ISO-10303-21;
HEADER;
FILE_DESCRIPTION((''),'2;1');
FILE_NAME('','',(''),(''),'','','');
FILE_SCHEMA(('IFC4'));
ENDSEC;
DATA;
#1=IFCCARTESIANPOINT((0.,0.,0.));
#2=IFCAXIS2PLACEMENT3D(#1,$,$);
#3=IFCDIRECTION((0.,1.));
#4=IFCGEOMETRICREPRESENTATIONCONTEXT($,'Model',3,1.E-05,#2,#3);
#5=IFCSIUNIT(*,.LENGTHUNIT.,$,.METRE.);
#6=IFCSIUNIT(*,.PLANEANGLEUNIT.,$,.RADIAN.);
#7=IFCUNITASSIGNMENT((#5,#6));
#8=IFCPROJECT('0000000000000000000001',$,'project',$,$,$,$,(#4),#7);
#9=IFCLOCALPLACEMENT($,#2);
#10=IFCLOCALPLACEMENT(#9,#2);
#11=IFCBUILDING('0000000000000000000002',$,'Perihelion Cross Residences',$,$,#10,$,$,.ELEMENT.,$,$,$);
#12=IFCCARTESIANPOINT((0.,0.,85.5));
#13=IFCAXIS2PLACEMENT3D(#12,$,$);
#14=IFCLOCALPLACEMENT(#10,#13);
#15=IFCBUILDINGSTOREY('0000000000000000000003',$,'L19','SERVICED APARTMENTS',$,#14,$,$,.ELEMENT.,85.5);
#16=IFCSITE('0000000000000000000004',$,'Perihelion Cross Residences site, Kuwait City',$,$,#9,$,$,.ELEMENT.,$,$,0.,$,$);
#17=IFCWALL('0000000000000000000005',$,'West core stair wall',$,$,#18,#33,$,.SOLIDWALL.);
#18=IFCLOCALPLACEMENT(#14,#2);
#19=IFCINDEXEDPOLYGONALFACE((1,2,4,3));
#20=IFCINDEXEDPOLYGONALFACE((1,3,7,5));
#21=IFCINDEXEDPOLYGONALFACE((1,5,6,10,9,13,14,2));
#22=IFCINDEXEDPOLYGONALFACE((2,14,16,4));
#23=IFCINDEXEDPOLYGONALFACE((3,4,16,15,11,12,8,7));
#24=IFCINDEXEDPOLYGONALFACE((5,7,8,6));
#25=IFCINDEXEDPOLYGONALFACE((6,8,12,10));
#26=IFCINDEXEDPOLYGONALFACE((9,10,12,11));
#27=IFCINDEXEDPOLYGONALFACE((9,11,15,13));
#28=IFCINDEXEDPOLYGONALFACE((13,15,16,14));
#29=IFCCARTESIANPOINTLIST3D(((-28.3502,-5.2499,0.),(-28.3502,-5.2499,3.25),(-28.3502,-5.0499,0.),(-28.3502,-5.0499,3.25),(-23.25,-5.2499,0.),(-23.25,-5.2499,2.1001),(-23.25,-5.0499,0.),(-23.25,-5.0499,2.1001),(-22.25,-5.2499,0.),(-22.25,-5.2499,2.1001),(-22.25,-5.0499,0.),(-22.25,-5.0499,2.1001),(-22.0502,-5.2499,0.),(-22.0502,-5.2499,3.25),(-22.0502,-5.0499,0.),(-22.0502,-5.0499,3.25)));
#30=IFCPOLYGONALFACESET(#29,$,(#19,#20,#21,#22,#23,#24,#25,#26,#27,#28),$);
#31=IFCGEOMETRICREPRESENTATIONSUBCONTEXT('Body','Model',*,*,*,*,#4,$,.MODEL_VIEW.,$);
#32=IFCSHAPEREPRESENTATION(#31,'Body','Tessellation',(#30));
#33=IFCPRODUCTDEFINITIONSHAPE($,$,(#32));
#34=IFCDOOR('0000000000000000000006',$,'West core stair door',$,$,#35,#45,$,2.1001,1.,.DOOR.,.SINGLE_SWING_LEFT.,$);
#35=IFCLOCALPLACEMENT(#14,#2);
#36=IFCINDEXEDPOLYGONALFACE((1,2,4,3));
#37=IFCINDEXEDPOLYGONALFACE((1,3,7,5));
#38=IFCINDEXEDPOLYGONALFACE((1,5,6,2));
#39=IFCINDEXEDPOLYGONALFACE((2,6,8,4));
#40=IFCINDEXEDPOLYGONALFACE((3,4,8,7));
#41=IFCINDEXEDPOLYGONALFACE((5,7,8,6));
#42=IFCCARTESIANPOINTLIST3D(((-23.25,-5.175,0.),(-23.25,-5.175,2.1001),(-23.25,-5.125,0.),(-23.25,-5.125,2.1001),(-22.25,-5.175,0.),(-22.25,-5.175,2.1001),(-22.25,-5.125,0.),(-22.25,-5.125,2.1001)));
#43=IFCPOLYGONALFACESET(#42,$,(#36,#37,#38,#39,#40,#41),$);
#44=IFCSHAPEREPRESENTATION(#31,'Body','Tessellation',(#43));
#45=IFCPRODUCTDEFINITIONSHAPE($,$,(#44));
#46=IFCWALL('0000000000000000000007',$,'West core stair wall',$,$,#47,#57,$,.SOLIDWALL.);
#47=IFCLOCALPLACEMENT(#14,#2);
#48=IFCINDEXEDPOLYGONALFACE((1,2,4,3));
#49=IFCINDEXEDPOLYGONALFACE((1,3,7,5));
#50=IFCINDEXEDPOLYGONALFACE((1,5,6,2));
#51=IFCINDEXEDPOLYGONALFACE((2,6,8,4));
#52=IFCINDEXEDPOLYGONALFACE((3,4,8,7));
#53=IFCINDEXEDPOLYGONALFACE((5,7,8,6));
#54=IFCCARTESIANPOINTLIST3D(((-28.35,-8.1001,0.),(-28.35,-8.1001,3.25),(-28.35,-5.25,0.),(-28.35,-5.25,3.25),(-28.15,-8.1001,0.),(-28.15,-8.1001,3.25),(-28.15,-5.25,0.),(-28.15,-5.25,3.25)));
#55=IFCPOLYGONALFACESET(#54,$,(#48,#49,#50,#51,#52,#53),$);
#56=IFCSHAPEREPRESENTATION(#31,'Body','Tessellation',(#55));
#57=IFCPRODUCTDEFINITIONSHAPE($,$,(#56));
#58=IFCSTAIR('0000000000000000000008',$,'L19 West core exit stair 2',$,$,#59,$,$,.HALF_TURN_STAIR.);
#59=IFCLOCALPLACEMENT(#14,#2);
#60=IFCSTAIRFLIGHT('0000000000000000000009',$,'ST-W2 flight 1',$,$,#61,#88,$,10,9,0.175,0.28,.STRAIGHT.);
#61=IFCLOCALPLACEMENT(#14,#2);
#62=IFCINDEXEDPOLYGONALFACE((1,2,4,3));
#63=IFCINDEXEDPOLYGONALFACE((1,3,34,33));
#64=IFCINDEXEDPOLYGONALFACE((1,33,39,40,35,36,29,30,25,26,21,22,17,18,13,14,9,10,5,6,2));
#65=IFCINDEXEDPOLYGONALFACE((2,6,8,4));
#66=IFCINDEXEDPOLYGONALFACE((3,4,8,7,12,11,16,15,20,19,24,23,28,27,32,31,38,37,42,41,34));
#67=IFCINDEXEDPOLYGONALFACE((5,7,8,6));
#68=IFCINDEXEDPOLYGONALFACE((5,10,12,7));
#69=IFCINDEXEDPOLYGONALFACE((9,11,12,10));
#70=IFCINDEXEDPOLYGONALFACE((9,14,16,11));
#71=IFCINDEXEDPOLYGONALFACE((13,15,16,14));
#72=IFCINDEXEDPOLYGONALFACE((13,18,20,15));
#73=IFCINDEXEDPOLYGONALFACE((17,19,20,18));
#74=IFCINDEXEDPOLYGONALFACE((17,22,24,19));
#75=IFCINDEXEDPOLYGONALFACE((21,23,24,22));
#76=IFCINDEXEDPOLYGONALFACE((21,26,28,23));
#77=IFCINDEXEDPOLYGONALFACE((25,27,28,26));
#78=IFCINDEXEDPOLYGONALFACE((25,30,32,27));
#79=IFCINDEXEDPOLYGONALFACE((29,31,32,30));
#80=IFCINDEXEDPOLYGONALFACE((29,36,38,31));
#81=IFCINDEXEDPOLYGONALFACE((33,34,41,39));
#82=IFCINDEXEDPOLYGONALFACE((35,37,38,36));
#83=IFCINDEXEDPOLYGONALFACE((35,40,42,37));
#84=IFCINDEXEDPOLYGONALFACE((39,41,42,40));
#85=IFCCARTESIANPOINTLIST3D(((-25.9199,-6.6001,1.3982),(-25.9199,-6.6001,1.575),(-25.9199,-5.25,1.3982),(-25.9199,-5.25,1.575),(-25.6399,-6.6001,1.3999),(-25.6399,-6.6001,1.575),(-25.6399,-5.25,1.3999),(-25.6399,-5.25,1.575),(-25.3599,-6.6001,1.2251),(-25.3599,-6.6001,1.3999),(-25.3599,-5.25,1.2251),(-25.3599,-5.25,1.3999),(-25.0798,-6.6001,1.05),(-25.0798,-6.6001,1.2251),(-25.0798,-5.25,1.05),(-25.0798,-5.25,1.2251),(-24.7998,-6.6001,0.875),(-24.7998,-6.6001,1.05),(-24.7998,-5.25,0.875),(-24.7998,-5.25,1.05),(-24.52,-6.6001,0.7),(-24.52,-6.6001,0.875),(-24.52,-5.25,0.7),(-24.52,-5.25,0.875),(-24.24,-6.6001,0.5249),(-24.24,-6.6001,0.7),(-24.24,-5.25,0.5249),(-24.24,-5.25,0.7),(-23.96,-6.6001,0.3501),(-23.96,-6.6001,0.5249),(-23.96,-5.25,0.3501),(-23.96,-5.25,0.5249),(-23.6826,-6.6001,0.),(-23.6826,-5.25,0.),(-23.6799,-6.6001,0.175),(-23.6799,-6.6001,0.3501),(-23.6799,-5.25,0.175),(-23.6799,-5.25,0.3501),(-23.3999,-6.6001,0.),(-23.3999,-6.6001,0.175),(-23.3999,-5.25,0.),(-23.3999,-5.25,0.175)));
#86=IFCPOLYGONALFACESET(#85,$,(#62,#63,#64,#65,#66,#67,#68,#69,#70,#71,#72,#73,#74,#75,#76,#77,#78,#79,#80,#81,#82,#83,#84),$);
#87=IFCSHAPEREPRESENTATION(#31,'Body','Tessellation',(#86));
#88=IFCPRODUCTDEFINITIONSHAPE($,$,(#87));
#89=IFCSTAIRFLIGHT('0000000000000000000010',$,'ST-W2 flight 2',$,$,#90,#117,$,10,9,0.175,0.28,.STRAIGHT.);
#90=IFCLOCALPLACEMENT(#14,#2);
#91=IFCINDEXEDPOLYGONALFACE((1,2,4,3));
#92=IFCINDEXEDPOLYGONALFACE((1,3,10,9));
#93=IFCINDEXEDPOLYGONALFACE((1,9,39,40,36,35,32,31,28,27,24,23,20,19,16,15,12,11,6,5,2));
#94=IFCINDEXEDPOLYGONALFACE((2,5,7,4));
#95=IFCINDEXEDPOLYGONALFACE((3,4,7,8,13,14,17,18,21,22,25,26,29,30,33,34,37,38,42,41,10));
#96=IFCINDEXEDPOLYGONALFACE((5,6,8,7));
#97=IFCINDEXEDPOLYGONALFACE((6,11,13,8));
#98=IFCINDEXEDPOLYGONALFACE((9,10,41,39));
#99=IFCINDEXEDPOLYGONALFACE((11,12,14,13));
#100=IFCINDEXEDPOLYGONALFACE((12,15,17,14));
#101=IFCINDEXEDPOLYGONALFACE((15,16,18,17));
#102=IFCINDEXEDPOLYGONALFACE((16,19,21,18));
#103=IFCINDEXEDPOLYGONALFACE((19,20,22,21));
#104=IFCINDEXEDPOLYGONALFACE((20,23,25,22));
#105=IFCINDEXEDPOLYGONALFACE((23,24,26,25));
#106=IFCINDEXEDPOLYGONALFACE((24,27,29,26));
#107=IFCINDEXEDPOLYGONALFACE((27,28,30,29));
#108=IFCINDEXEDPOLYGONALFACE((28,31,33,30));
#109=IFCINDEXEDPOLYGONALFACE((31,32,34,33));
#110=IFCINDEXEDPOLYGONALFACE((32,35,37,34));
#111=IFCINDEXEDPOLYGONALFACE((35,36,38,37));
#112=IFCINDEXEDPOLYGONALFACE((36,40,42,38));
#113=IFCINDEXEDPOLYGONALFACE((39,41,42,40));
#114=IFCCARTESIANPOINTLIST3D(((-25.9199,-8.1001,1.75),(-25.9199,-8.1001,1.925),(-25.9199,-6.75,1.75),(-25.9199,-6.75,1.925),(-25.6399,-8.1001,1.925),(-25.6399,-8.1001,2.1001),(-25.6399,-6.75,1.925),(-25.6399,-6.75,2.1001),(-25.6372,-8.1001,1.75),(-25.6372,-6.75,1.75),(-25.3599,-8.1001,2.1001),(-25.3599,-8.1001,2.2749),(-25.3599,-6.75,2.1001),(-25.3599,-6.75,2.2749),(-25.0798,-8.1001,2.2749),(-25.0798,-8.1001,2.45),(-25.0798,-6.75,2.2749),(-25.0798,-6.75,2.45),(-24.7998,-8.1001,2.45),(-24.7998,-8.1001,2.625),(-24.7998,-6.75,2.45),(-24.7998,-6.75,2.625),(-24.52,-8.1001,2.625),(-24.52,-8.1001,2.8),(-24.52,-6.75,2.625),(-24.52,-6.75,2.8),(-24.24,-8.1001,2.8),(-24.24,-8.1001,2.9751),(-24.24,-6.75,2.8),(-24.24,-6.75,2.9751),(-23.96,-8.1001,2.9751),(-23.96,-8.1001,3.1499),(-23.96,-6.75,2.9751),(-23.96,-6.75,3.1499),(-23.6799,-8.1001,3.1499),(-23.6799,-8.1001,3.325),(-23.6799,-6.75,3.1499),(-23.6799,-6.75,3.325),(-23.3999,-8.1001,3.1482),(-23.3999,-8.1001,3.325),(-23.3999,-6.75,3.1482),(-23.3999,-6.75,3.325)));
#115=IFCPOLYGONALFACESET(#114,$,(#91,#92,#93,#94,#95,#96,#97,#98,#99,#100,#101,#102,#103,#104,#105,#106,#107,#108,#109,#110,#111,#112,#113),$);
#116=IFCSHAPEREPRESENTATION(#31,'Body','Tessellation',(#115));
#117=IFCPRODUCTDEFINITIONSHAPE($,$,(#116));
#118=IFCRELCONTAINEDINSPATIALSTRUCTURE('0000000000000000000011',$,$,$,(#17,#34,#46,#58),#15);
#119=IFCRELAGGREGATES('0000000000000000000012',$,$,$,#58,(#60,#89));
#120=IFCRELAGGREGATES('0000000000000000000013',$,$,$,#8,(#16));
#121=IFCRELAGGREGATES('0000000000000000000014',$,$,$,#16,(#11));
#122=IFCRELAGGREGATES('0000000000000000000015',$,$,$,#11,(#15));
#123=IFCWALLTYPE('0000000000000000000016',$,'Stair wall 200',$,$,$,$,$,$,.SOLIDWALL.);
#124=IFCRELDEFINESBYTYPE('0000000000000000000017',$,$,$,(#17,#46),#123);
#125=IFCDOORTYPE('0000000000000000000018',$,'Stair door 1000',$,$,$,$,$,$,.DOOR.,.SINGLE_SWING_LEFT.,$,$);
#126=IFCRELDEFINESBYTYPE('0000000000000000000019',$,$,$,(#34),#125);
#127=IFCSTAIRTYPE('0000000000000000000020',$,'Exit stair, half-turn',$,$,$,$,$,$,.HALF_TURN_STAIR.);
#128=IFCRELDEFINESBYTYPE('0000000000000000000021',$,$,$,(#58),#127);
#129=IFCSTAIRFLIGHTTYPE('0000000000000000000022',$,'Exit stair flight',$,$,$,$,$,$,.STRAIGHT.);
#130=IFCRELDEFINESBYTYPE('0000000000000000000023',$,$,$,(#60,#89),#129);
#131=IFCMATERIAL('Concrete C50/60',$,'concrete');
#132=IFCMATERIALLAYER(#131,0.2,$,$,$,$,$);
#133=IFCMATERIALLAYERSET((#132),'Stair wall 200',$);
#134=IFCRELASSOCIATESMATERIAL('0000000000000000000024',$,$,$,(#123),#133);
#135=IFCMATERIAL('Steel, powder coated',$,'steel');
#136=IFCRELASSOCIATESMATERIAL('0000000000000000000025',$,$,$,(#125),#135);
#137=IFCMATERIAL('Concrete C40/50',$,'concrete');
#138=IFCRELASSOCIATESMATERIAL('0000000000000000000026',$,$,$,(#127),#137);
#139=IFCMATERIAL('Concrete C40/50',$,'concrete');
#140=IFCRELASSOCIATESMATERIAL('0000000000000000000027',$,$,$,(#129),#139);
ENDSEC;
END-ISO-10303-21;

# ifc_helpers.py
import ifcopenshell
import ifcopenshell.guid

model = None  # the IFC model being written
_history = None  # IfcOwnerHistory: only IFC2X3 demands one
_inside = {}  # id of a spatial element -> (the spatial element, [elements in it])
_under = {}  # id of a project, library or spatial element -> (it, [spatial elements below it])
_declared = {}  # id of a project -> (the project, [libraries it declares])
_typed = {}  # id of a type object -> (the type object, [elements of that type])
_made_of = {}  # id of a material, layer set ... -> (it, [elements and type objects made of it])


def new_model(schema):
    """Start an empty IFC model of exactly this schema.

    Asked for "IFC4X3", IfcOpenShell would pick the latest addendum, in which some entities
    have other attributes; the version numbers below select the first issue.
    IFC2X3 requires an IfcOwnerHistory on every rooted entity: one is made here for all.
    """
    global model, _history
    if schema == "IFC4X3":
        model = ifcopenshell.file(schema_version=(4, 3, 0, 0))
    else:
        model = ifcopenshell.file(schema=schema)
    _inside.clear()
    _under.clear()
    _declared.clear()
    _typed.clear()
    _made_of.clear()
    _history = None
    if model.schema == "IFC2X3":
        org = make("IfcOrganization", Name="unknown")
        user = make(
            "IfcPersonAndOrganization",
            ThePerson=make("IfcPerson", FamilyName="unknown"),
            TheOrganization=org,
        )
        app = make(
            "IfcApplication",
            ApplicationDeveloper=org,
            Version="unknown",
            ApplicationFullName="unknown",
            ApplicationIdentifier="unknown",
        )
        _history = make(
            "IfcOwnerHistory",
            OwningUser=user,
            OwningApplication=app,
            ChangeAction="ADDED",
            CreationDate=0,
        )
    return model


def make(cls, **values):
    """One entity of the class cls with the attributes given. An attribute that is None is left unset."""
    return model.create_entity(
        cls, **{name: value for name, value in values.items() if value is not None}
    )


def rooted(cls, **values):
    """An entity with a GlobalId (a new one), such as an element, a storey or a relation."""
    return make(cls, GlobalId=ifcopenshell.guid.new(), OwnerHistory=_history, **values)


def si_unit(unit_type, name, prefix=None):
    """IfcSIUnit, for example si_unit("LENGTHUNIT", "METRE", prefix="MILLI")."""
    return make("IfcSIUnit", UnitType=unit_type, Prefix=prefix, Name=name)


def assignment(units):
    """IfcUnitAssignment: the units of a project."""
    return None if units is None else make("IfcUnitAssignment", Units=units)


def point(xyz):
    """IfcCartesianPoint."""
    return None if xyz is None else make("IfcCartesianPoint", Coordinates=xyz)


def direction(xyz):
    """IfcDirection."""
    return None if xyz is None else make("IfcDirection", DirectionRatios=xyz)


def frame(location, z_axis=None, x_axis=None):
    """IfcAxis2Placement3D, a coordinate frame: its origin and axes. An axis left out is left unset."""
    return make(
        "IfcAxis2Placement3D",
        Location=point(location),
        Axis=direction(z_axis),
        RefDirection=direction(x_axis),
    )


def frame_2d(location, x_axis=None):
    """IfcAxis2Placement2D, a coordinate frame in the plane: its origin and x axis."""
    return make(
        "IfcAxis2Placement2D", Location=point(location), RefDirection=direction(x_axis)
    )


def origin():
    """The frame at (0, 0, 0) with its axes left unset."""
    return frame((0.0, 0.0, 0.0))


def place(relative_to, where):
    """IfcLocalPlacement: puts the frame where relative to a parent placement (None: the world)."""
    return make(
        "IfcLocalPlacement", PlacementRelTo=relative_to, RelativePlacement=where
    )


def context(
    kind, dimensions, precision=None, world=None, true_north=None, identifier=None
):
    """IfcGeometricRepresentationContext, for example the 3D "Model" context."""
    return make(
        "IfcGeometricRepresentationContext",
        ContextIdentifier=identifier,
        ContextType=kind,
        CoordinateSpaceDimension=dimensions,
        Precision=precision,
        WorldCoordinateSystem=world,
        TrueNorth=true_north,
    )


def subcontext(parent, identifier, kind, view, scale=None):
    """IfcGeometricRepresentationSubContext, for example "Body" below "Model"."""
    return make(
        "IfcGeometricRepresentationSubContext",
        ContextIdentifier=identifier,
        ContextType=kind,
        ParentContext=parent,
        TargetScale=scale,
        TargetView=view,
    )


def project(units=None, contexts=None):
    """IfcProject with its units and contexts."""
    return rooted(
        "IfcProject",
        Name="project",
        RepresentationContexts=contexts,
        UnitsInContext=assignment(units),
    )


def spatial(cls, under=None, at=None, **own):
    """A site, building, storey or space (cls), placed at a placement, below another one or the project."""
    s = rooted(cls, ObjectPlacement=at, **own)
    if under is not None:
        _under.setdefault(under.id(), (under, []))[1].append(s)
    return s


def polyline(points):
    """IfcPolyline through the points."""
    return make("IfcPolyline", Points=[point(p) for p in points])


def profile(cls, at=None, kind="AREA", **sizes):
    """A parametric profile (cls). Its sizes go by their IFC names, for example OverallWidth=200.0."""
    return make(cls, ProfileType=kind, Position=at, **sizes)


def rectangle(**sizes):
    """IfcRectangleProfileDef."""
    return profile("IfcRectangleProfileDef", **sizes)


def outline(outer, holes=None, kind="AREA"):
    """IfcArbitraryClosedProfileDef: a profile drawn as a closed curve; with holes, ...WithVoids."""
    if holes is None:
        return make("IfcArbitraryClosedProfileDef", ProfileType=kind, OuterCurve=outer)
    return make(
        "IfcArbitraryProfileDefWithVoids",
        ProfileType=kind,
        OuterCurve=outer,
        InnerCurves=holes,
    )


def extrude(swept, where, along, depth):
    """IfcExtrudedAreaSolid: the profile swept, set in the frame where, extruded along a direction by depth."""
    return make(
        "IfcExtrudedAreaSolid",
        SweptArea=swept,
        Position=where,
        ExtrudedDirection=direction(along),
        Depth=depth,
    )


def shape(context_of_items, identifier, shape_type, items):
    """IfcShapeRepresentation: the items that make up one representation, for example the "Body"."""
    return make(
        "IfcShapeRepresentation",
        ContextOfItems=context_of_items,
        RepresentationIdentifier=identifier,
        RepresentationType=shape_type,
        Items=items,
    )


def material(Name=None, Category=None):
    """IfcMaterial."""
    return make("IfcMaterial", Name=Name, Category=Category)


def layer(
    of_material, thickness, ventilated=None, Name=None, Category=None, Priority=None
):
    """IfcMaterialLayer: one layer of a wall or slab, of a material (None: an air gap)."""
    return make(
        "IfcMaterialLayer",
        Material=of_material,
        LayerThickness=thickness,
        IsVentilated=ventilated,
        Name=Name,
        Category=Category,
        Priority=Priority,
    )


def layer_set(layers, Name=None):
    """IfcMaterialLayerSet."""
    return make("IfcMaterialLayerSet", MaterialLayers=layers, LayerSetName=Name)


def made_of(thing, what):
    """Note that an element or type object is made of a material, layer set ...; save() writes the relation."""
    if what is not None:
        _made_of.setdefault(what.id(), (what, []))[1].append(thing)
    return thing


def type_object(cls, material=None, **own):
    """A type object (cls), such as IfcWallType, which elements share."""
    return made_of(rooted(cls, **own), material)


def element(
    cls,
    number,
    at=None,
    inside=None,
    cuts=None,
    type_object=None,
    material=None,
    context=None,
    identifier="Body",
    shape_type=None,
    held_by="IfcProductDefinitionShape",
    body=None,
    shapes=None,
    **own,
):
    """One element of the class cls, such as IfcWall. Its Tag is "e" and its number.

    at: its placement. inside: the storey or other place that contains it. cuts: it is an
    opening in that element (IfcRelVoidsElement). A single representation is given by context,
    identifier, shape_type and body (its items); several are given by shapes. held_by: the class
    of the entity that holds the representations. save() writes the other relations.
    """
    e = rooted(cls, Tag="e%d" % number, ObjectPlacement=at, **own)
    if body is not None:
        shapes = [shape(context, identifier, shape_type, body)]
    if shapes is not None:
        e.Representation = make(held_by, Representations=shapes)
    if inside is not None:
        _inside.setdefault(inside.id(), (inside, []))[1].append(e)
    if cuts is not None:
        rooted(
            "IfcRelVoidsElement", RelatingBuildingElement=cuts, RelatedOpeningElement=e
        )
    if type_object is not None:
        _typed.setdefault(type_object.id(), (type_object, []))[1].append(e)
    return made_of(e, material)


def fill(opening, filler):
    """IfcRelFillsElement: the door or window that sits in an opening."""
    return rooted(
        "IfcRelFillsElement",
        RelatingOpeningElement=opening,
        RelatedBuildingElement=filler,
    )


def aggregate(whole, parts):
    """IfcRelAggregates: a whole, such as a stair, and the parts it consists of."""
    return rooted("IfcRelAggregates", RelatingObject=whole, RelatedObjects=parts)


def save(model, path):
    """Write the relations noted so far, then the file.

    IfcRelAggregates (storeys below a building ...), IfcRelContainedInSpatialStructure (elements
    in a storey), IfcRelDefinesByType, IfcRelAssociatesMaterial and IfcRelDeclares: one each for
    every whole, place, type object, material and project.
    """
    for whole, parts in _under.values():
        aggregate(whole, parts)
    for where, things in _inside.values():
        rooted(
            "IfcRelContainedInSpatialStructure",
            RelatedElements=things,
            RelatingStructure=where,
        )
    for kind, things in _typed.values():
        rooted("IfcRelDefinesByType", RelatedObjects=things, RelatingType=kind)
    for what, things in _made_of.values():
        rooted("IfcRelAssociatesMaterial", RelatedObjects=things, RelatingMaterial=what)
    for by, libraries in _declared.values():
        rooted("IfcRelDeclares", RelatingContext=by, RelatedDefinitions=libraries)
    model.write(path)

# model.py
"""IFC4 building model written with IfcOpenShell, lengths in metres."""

from ifc_helpers import new_model, si_unit, direction, frame, frame_2d, origin, place, context, subcontext, project, spatial, polyline, rectangle, outline, extrude, material, layer, layer_set, type_object, element, fill, aggregate, save


model = new_model("IFC4")

# Units and contexts
model_context = context("Model", 3, precision=1e-05, world=origin(), true_north=direction((0.0, 1.0)))
body_context = subcontext(model_context, "Body", "Model", "MODEL_VIEW")
ifc_project = project(units=[si_unit("LENGTHUNIT", "METRE"), si_unit("PLANEANGLEUNIT", "RADIAN")], contexts=[model_context])

# Site, building, storey
site_placement = place(None, origin())
site = spatial("IfcSite", under=ifc_project, at=site_placement, Name="Perihelion Cross Residences site, Kuwait City", CompositionType="ELEMENT", RefElevation=0.0)
building_placement = place(site_placement, origin())
building = spatial("IfcBuilding", under=site, at=building_placement, Name="Perihelion Cross Residences", CompositionType="ELEMENT")
storey_placement = place(building_placement, frame((0.0, 0.0, 85.5)))
storey = spatial("IfcBuildingStorey", under=building, at=storey_placement, Name="L19", Description="SERVICED APARTMENTS", CompositionType="ELEMENT", Elevation=85.5)

# Wall, opening, door
ifc_material_1 = material(Name="Concrete C50/60", Category="concrete")
ifc_layer_1 = layer(ifc_material_1, 0.2)
ifc_layer_set_1 = layer_set([ifc_layer_1], Name="Stair wall 200")
wall_type_1 = type_object("IfcWallType", Name="Stair wall 200", PredefinedType="SOLIDWALL", material=ifc_layer_set_1)
wall_1_placement = place(storey_placement, frame((-28.3501, -5.1499, 0.0), z_axis=(0.0, 0.0, 1.0), x_axis=(1.0, 0.0, 0.0)))
wall_1 = element("IfcWall", 1, at=wall_1_placement, inside=storey, type_object=wall_type_1, Name="West core stair wall", PredefinedType="SOLIDWALL", context=body_context, shape_type="SweptSolid", body=[
    extrude(rectangle(XDim=6.3, YDim=0.2, at=frame_2d((3.1499, 0.0))), origin(), (0.0, 0.0, 1.0), 3.25),
])
opening_1_placement = place(wall_1_placement, frame((5.1001, 0.0, 0.0)))
opening_1 = element("IfcOpeningElement", 2, at=opening_1_placement, cuts=wall_1, PredefinedType="OPENING", context=body_context, shape_type="SweptSolid", body=[
    extrude(rectangle(XDim=1.0, YDim=2.1001, at=frame_2d((0.5, 1.05))), frame((0.0, 0.1099, 0.0), z_axis=(0.0, -1.0, 0.0), x_axis=(1.0, 0.0, 0.0)), (0.0, 0.0, 1.0), 0.22),
])
ifc_material_2 = material(Name="Steel, powder coated", Category="steel")
door_type_1 = type_object("IfcDoorType", Name="Stair door 1000", OperationType="SINGLE_SWING_LEFT", PredefinedType="DOOR", material=ifc_material_2)
door_1_placement = place(opening_1_placement, origin())
door_1 = element("IfcDoor", 3, at=door_1_placement, inside=storey, type_object=door_type_1, Name="West core stair door", OperationType="SINGLE_SWING_LEFT", OverallHeight=2.1001, OverallWidth=1.0, PredefinedType="DOOR", context=body_context, shape_type="SweptSolid", body=[
    extrude(rectangle(XDim=1.0, YDim=2.1001, at=frame_2d((0.5, 1.05))), frame((0.0, 0.0249, 0.0), z_axis=(0.0, -1.0, 0.0), x_axis=(1.0, 0.0, 0.0)), (0.0, 0.0, 1.0), 0.05),
])
fill(opening_1, door_1)

# Wall
wall_2_placement = place(storey_placement, frame((-28.25, -8.1001, 0.0), z_axis=(0.0, 0.0, 1.0), x_axis=(0.0, 1.0, 0.0)))
element("IfcWall", 4, at=wall_2_placement, inside=storey, type_object=wall_type_1, Name="West core stair wall", PredefinedType="SOLIDWALL", context=body_context, shape_type="SweptSolid", body=[
    extrude(rectangle(XDim=2.8501, YDim=0.2, at=frame_2d((1.425, 0.0))), origin(), (0.0, 0.0, 1.0), 3.25),
])

# Stair, stair flights
ifc_material_3 = material(Name="Concrete C40/50", Category="concrete")
stair_type = type_object("IfcStairType", Name="Exit stair, half-turn", PredefinedType="HALF_TURN_STAIR", material=ifc_material_3)
stair_placement = place(storey_placement, origin())
stair = element("IfcStair", 5, at=stair_placement, inside=storey, type_object=stair_type, Name="L19 West core exit stair 2", PredefinedType="HALF_TURN_STAIR")
ifc_material_4 = material(Name="Concrete C40/50", Category="concrete")
stair_flight_type = type_object("IfcStairFlightType", Name="Exit stair flight", PredefinedType="STRAIGHT", material=ifc_material_4)
stair_flight_1_placement = place(storey_placement, frame((-23.3999, -5.925, 0.0), z_axis=(0.0, 0.0, 1.0), x_axis=(-1.0, 0.0, 0.0)))
stair_flight_1 = element("IfcStairFlight", 6, at=stair_flight_1_placement, type_object=stair_flight_type, Name="ST-W2 flight 1", NumberOfRisers=10, NumberOfTreads=9, PredefinedType="STRAIGHT", RiserHeight=0.175, TreadLength=0.28, context=body_context, shape_type="SweptSolid", body=[
    extrude(outline(polyline([(0.0, 0.0), (0.0, 0.175), (0.28, 0.175), (0.28, 0.3501), (0.5601, 0.3501), (0.5601, 0.5249), (0.8401, 0.5249), (0.8401, 0.7), (1.1201, 0.7), (1.1201, 0.875), (1.3999, 0.875), (1.3999, 1.05), (1.6799, 1.05), (1.6799, 1.2251), (1.96, 1.2251), (1.96, 1.3999), (2.24, 1.3999), (2.24, 1.575), (2.52, 1.575), (2.52, 1.75), (2.52, 1.3982), (0.2827, 0.0), (0.0, 0.0)])), frame((0.0, 0.675, 0.0), z_axis=(0.0, -1.0, 0.0), x_axis=(1.0, 0.0, 0.0)), (0.0, 0.0, 1.0), 1.3501),
])
stair_flight_2_placement = place(storey_placement, frame((-25.9199, -7.425, 1.75), z_axis=(0.0, 0.0, 1.0), x_axis=(1.0, 0.0, 0.0)))
stair_flight_2 = element("IfcStairFlight", 7, at=stair_flight_2_placement, type_object=stair_flight_type, Name="ST-W2 flight 2", NumberOfRisers=10, NumberOfTreads=9, PredefinedType="STRAIGHT", RiserHeight=0.175, TreadLength=0.28, context=body_context, shape_type="SweptSolid", body=[
    extrude(outline(polyline([(0.0, 0.0), (0.0, 0.175), (0.28, 0.175), (0.28, 0.3501), (0.5601, 0.3501), (0.5601, 0.5249), (0.8401, 0.5249), (0.8401, 0.7), (1.1201, 0.7), (1.1201, 0.875), (1.3999, 0.875), (1.3999, 1.05), (1.6799, 1.05), (1.6799, 1.2251), (1.96, 1.2251), (1.96, 1.3999), (2.24, 1.3999), (2.24, 1.575), (2.52, 1.575), (2.52, 1.75), (2.52, 1.3982), (0.2827, 0.0), (0.0, 0.0)])), frame((0.0, 0.675, 0.0), z_axis=(0.0, -1.0, 0.0), x_axis=(1.0, 0.0, 0.0)), (0.0, 0.0, 1.0), 1.3501),
])
aggregate(stair, [stair_flight_1, stair_flight_2])

save(model, "model.ifc")
